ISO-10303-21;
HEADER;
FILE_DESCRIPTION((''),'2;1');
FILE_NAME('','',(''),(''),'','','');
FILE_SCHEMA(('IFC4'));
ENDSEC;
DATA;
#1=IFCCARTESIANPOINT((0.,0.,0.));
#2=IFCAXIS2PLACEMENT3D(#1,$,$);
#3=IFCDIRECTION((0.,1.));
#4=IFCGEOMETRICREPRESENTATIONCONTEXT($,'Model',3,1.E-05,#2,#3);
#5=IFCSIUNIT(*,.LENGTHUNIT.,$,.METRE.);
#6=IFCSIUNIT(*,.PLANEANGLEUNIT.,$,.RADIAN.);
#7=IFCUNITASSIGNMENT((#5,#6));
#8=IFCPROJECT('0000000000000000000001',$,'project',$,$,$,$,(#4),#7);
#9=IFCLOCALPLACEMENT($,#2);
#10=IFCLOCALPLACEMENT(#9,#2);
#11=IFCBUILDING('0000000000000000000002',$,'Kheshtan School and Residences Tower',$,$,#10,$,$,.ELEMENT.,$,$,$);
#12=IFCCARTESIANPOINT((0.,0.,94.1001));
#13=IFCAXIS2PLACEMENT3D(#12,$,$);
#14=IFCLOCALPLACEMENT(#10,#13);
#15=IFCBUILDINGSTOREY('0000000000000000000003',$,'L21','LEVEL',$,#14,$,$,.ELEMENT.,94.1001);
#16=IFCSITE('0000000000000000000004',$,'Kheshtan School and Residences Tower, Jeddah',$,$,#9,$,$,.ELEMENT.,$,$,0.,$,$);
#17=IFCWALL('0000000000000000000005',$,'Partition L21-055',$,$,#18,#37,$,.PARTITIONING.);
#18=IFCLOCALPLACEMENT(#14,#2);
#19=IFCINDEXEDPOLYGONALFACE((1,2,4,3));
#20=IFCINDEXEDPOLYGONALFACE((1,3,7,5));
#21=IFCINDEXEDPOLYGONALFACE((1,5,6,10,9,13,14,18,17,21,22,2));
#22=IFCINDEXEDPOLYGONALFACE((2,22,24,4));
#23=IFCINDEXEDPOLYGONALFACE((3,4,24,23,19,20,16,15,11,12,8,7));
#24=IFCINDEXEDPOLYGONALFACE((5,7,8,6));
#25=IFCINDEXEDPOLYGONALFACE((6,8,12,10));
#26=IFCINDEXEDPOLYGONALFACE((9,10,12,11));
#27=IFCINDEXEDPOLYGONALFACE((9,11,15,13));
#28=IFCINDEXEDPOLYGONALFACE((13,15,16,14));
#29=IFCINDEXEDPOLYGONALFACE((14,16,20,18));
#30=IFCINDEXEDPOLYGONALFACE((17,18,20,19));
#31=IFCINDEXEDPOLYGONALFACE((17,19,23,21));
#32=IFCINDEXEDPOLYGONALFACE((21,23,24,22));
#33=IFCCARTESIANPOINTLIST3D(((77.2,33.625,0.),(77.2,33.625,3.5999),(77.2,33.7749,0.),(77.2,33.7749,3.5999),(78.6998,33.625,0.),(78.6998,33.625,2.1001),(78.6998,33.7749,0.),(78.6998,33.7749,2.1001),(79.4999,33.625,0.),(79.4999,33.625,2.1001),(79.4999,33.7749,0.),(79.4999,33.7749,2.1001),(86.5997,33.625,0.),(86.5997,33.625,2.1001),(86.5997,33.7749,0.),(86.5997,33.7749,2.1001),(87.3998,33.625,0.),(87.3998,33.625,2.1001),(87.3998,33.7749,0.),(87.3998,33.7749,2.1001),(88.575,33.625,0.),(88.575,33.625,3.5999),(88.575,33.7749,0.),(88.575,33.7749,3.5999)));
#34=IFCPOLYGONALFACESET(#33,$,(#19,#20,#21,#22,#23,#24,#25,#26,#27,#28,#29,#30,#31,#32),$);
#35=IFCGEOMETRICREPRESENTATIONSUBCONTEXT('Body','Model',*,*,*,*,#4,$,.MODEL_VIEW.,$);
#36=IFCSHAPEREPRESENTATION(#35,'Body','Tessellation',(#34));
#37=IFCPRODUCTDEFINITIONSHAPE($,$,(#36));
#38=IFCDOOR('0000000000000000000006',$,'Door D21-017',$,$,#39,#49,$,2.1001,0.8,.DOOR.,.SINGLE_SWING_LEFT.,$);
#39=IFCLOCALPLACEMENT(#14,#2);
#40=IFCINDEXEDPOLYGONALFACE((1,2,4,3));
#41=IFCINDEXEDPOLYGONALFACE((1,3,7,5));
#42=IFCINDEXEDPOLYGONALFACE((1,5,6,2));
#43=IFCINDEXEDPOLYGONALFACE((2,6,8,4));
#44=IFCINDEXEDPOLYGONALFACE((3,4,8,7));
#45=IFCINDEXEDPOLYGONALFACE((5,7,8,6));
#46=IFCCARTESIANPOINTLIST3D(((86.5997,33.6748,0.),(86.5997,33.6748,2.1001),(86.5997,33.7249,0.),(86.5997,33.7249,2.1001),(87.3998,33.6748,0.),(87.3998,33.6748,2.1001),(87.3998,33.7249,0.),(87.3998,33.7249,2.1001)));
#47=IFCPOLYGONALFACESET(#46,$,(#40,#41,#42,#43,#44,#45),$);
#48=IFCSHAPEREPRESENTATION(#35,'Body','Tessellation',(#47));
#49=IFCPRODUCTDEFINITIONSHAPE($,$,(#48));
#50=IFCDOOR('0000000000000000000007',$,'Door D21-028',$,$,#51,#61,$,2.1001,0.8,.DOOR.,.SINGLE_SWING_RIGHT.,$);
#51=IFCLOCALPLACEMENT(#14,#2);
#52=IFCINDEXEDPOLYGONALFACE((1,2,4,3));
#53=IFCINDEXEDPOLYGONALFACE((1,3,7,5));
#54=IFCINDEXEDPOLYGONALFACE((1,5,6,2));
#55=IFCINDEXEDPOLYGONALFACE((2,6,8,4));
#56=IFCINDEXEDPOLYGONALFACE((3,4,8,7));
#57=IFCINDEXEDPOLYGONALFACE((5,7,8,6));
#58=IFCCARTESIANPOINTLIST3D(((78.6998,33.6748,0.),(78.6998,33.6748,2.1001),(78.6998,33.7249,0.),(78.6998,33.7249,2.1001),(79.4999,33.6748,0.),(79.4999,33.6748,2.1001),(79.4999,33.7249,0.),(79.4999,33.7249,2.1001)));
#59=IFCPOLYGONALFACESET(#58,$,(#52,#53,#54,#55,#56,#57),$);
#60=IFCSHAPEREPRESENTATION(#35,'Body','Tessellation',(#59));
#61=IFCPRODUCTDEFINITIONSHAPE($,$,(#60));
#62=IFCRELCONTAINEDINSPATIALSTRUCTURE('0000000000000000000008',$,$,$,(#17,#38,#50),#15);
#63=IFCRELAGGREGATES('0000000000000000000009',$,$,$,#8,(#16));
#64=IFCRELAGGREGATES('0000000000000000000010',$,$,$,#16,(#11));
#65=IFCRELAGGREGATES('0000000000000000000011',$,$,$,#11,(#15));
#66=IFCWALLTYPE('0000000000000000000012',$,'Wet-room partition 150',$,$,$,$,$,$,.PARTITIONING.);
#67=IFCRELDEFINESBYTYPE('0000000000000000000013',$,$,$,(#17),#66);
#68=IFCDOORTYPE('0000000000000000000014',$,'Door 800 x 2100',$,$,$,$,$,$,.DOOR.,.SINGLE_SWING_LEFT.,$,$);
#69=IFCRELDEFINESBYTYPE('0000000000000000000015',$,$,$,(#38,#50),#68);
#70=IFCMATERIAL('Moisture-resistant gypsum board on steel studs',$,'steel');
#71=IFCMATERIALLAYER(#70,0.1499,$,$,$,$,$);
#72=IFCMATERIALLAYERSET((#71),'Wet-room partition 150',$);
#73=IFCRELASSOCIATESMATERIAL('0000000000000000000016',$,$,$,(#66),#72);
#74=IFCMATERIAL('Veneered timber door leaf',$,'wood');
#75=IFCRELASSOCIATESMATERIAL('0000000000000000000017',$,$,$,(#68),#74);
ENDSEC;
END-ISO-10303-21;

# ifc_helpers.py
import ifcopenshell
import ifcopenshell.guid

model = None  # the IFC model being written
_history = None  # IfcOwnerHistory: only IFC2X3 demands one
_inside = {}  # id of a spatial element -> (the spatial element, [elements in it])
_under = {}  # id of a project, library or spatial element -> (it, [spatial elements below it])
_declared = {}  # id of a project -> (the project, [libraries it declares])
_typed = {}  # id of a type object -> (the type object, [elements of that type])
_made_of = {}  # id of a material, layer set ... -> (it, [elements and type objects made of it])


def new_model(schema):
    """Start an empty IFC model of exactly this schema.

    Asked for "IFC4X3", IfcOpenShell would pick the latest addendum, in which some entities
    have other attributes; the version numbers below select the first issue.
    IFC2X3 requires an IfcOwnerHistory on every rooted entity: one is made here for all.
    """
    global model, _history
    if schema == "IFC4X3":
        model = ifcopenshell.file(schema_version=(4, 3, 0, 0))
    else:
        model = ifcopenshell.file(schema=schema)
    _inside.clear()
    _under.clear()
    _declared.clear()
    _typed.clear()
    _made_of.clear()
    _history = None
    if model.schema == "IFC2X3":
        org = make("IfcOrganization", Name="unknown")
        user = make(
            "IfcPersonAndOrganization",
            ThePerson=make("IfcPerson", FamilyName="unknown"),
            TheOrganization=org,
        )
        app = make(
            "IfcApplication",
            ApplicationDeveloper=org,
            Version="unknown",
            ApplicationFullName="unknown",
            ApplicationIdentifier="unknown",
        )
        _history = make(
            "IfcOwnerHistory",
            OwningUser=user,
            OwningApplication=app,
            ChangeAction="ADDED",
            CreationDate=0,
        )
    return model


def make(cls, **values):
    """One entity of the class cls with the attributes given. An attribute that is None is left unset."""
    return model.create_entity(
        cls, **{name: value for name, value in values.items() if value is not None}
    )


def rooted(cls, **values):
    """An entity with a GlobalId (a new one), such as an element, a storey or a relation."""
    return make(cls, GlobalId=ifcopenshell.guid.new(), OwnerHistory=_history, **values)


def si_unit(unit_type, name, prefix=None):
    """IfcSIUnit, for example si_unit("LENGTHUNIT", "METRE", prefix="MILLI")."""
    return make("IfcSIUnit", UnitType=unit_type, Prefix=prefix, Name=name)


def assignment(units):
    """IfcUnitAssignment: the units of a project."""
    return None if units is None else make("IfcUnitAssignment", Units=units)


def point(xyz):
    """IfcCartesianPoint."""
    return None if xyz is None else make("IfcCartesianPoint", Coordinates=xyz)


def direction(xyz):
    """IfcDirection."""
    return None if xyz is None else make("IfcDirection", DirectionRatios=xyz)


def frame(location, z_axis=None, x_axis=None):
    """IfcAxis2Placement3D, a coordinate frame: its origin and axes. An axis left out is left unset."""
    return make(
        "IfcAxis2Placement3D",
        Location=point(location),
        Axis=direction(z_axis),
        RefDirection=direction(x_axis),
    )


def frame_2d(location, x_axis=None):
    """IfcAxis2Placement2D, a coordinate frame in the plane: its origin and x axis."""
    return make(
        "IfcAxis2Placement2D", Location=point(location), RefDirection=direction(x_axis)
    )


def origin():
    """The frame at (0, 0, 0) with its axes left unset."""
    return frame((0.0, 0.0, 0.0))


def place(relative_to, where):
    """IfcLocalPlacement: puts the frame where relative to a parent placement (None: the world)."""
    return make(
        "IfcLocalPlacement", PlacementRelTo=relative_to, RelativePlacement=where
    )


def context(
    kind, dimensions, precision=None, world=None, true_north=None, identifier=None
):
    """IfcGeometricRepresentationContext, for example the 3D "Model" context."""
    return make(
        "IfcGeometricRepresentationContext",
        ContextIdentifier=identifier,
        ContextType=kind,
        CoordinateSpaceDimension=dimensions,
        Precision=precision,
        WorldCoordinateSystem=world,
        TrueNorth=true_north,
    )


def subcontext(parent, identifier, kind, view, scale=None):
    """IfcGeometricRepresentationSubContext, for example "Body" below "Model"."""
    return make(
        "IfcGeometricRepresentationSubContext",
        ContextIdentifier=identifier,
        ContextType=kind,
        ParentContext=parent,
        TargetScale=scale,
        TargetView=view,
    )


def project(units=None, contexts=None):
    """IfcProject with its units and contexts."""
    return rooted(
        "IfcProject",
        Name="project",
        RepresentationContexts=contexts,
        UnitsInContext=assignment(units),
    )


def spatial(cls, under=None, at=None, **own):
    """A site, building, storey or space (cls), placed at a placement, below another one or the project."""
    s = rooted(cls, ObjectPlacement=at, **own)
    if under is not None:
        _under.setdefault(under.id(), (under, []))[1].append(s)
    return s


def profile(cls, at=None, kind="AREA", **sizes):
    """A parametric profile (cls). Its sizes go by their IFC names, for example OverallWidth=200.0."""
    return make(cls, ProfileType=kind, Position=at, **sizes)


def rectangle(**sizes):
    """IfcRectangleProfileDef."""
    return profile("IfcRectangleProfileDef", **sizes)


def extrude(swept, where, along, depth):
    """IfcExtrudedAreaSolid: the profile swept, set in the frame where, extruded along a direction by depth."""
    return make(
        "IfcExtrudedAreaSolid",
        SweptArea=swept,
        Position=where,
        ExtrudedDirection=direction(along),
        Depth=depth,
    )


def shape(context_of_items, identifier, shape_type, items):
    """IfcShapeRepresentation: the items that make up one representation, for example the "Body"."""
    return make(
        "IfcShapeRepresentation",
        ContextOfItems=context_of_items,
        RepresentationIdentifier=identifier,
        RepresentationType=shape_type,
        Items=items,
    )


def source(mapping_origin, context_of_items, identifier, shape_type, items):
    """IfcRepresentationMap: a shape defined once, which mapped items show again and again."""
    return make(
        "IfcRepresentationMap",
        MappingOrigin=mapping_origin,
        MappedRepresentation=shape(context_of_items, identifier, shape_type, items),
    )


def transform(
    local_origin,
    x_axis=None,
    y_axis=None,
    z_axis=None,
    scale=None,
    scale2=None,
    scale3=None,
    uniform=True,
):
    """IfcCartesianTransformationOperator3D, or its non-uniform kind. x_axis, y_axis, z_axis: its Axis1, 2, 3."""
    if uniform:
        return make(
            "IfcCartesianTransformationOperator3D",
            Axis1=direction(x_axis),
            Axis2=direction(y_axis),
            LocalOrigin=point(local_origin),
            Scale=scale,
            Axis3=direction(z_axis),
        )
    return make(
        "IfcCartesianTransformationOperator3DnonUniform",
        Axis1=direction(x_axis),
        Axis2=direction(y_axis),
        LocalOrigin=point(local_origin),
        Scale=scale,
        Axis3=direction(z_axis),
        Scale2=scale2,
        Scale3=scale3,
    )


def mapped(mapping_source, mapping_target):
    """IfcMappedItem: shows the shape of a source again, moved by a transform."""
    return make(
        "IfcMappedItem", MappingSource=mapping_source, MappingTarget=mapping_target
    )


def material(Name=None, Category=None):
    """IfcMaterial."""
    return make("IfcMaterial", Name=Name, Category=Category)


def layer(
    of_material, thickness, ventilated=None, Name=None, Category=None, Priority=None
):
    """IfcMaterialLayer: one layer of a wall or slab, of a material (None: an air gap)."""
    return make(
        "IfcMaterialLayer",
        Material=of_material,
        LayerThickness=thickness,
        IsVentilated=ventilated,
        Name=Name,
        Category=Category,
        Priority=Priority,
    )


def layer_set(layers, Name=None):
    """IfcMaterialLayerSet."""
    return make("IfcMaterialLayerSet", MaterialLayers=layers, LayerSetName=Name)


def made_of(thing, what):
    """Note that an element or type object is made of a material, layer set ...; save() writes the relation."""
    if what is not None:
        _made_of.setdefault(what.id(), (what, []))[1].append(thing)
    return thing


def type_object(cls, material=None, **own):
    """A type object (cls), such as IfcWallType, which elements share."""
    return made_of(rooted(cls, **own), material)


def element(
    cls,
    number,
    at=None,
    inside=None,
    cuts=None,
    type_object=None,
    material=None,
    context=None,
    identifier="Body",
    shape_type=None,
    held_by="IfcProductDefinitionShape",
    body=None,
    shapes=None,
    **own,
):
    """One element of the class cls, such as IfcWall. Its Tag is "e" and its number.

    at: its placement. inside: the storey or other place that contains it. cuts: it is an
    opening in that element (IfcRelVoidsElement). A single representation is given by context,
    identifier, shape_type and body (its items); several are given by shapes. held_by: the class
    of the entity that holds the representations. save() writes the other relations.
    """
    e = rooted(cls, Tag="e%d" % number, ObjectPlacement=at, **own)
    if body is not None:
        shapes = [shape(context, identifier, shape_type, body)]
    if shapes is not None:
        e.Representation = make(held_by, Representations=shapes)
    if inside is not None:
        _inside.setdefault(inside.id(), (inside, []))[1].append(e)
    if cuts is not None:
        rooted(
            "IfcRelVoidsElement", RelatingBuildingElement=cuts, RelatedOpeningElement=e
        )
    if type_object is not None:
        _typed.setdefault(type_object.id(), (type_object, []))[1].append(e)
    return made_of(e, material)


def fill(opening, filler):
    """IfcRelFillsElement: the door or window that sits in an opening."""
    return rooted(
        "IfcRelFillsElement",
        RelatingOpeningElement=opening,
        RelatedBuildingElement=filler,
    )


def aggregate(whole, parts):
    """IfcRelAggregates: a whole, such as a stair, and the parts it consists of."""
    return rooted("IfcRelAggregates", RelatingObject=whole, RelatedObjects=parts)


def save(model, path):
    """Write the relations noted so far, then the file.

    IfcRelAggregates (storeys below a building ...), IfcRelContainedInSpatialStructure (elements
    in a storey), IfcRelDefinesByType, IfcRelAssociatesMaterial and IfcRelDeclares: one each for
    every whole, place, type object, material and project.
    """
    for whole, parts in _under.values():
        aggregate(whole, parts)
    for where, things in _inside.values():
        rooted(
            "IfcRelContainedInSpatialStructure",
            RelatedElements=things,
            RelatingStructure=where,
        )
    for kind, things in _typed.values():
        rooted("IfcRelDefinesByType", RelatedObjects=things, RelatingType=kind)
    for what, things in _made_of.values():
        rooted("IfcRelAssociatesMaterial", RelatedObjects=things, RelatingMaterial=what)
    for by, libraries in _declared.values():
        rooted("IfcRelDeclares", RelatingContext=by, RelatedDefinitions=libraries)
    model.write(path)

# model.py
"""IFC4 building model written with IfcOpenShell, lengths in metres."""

from ifc_helpers import new_model, si_unit, direction, frame, frame_2d, origin, place, context, subcontext, project, spatial, rectangle, extrude, source, transform, mapped, material, layer, layer_set, type_object, element, fill, save


model = new_model("IFC4")

# Units and contexts
model_context = context("Model", 3, precision=1e-05, world=origin(), true_north=direction((0.0, 1.0)))
body_context = subcontext(model_context, "Body", "Model", "MODEL_VIEW")
ifc_project = project(units=[si_unit("LENGTHUNIT", "METRE"), si_unit("PLANEANGLEUNIT", "RADIAN")], contexts=[model_context])

# Site, building, storey
site_placement = place(None, origin())
site = spatial("IfcSite", under=ifc_project, at=site_placement, Name="Kheshtan School and Residences Tower, Jeddah", CompositionType="ELEMENT", RefElevation=0.0)
building_placement = place(site_placement, origin())
building = spatial("IfcBuilding", under=site, at=building_placement, Name="Kheshtan School and Residences Tower", CompositionType="ELEMENT")
storey_placement = place(building_placement, frame((0.0, 0.0, 94.1001)))
storey = spatial("IfcBuildingStorey", under=building, at=storey_placement, Name="L21", Description="LEVEL", CompositionType="ELEMENT", Elevation=94.1001)

# Wall, openings, doors
ifc_material_1 = material(Name="Moisture-resistant gypsum board on steel studs", Category="steel")
ifc_layer_1 = layer(ifc_material_1, 0.1499)
ifc_layer_set_1 = layer_set([ifc_layer_1], Name="Wet-room partition 150")
wall_type_1 = type_object("IfcWallType", Name="Wet-room partition 150", PredefinedType="PARTITIONING", material=ifc_layer_set_1)
wall_1_placement = place(storey_placement, frame((77.2, 33.7, 0.0), z_axis=(0.0, 0.0, 1.0), x_axis=(1.0, 0.0, 0.0)))
wall_1 = element("IfcWall", 1, at=wall_1_placement, inside=storey, type_object=wall_type_1, Name="Partition L21-055", PredefinedType="PARTITIONING", context=body_context, shape_type="SweptSolid", body=[
    extrude(rectangle(XDim=11.375, YDim=0.1499, at=frame_2d((5.6875, 0.0))), origin(), (0.0, 0.0, 1.0), 3.5999),
])
opening_1_placement = place(wall_1_placement, frame((9.3999, 0.0, 0.0)))
opening_1 = element("IfcOpeningElement", 2, at=opening_1_placement, cuts=wall_1, PredefinedType="OPENING", context=body_context, shape_type="SweptSolid", body=[
    extrude(rectangle(XDim=0.8, YDim=2.1001, at=frame_2d((0.3999, 1.05))), frame((0.0, 0.085, 0.0), z_axis=(0.0, -1.0, 0.0), x_axis=(1.0, 0.0, 0.0)), (0.0, 0.0, 1.0), 0.1699),
])
opening_2_placement = place(wall_1_placement, frame((1.5, 0.0, 0.0)))
opening_2 = element("IfcOpeningElement", 3, at=opening_2_placement, cuts=wall_1, PredefinedType="OPENING", context=body_context, shape_type="SweptSolid", body=[
    extrude(rectangle(XDim=0.8, YDim=2.1001, at=frame_2d((0.3999, 1.05))), frame((0.0, 0.085, 0.0), z_axis=(0.0, -1.0, 0.0), x_axis=(1.0, 0.0, 0.0)), (0.0, 0.0, 1.0), 0.1699),
])
ifc_material_2 = material(Name="Veneered timber door leaf", Category="wood")
door_type_1 = type_object("IfcDoorType", Name="Door 800 x 2100", OperationType="SINGLE_SWING_LEFT", PredefinedType="DOOR", material=ifc_material_2)
shared_shape_1 = source(origin(), body_context, "Body", "SweptSolid", [
    extrude(rectangle(XDim=0.8, YDim=2.1001, at=frame_2d((0.3999, 1.05))), frame((0.0, 0.0249, 0.0), z_axis=(0.0, -1.0, 0.0), x_axis=(1.0, 0.0, 0.0)), (0.0, 0.0, 1.0), 0.05),
])
door_1_placement = place(opening_1_placement, origin())
door_1 = element("IfcDoor", 4, at=door_1_placement, inside=storey, type_object=door_type_1, Name="Door D21-017", OperationType="SINGLE_SWING_LEFT", OverallHeight=2.1001, OverallWidth=0.8, PredefinedType="DOOR", context=body_context, shape_type="MappedRepresentation", body=[
    mapped(shared_shape_1, transform((0.0, 0.0, 0.0), x_axis=(1.0, 0.0, 0.0), y_axis=(0.0, 1.0, 0.0), z_axis=(0.0, 0.0, 1.0), scale=1.0)),
])
fill(opening_1, door_1)
door_2_placement = place(opening_2_placement, origin())
door_2 = element("IfcDoor", 5, at=door_2_placement, inside=storey, type_object=door_type_1, Name="Door D21-028", OperationType="SINGLE_SWING_RIGHT", OverallHeight=2.1001, OverallWidth=0.8, PredefinedType="DOOR", context=body_context, shape_type="MappedRepresentation", body=[
    mapped(shared_shape_1, transform((0.0, 0.0, 0.0), x_axis=(1.0, 0.0, 0.0), y_axis=(0.0, 1.0, 0.0), z_axis=(0.0, 0.0, 1.0), scale=1.0)),
])
fill(opening_2, door_2)

save(model, "model.ifc")
